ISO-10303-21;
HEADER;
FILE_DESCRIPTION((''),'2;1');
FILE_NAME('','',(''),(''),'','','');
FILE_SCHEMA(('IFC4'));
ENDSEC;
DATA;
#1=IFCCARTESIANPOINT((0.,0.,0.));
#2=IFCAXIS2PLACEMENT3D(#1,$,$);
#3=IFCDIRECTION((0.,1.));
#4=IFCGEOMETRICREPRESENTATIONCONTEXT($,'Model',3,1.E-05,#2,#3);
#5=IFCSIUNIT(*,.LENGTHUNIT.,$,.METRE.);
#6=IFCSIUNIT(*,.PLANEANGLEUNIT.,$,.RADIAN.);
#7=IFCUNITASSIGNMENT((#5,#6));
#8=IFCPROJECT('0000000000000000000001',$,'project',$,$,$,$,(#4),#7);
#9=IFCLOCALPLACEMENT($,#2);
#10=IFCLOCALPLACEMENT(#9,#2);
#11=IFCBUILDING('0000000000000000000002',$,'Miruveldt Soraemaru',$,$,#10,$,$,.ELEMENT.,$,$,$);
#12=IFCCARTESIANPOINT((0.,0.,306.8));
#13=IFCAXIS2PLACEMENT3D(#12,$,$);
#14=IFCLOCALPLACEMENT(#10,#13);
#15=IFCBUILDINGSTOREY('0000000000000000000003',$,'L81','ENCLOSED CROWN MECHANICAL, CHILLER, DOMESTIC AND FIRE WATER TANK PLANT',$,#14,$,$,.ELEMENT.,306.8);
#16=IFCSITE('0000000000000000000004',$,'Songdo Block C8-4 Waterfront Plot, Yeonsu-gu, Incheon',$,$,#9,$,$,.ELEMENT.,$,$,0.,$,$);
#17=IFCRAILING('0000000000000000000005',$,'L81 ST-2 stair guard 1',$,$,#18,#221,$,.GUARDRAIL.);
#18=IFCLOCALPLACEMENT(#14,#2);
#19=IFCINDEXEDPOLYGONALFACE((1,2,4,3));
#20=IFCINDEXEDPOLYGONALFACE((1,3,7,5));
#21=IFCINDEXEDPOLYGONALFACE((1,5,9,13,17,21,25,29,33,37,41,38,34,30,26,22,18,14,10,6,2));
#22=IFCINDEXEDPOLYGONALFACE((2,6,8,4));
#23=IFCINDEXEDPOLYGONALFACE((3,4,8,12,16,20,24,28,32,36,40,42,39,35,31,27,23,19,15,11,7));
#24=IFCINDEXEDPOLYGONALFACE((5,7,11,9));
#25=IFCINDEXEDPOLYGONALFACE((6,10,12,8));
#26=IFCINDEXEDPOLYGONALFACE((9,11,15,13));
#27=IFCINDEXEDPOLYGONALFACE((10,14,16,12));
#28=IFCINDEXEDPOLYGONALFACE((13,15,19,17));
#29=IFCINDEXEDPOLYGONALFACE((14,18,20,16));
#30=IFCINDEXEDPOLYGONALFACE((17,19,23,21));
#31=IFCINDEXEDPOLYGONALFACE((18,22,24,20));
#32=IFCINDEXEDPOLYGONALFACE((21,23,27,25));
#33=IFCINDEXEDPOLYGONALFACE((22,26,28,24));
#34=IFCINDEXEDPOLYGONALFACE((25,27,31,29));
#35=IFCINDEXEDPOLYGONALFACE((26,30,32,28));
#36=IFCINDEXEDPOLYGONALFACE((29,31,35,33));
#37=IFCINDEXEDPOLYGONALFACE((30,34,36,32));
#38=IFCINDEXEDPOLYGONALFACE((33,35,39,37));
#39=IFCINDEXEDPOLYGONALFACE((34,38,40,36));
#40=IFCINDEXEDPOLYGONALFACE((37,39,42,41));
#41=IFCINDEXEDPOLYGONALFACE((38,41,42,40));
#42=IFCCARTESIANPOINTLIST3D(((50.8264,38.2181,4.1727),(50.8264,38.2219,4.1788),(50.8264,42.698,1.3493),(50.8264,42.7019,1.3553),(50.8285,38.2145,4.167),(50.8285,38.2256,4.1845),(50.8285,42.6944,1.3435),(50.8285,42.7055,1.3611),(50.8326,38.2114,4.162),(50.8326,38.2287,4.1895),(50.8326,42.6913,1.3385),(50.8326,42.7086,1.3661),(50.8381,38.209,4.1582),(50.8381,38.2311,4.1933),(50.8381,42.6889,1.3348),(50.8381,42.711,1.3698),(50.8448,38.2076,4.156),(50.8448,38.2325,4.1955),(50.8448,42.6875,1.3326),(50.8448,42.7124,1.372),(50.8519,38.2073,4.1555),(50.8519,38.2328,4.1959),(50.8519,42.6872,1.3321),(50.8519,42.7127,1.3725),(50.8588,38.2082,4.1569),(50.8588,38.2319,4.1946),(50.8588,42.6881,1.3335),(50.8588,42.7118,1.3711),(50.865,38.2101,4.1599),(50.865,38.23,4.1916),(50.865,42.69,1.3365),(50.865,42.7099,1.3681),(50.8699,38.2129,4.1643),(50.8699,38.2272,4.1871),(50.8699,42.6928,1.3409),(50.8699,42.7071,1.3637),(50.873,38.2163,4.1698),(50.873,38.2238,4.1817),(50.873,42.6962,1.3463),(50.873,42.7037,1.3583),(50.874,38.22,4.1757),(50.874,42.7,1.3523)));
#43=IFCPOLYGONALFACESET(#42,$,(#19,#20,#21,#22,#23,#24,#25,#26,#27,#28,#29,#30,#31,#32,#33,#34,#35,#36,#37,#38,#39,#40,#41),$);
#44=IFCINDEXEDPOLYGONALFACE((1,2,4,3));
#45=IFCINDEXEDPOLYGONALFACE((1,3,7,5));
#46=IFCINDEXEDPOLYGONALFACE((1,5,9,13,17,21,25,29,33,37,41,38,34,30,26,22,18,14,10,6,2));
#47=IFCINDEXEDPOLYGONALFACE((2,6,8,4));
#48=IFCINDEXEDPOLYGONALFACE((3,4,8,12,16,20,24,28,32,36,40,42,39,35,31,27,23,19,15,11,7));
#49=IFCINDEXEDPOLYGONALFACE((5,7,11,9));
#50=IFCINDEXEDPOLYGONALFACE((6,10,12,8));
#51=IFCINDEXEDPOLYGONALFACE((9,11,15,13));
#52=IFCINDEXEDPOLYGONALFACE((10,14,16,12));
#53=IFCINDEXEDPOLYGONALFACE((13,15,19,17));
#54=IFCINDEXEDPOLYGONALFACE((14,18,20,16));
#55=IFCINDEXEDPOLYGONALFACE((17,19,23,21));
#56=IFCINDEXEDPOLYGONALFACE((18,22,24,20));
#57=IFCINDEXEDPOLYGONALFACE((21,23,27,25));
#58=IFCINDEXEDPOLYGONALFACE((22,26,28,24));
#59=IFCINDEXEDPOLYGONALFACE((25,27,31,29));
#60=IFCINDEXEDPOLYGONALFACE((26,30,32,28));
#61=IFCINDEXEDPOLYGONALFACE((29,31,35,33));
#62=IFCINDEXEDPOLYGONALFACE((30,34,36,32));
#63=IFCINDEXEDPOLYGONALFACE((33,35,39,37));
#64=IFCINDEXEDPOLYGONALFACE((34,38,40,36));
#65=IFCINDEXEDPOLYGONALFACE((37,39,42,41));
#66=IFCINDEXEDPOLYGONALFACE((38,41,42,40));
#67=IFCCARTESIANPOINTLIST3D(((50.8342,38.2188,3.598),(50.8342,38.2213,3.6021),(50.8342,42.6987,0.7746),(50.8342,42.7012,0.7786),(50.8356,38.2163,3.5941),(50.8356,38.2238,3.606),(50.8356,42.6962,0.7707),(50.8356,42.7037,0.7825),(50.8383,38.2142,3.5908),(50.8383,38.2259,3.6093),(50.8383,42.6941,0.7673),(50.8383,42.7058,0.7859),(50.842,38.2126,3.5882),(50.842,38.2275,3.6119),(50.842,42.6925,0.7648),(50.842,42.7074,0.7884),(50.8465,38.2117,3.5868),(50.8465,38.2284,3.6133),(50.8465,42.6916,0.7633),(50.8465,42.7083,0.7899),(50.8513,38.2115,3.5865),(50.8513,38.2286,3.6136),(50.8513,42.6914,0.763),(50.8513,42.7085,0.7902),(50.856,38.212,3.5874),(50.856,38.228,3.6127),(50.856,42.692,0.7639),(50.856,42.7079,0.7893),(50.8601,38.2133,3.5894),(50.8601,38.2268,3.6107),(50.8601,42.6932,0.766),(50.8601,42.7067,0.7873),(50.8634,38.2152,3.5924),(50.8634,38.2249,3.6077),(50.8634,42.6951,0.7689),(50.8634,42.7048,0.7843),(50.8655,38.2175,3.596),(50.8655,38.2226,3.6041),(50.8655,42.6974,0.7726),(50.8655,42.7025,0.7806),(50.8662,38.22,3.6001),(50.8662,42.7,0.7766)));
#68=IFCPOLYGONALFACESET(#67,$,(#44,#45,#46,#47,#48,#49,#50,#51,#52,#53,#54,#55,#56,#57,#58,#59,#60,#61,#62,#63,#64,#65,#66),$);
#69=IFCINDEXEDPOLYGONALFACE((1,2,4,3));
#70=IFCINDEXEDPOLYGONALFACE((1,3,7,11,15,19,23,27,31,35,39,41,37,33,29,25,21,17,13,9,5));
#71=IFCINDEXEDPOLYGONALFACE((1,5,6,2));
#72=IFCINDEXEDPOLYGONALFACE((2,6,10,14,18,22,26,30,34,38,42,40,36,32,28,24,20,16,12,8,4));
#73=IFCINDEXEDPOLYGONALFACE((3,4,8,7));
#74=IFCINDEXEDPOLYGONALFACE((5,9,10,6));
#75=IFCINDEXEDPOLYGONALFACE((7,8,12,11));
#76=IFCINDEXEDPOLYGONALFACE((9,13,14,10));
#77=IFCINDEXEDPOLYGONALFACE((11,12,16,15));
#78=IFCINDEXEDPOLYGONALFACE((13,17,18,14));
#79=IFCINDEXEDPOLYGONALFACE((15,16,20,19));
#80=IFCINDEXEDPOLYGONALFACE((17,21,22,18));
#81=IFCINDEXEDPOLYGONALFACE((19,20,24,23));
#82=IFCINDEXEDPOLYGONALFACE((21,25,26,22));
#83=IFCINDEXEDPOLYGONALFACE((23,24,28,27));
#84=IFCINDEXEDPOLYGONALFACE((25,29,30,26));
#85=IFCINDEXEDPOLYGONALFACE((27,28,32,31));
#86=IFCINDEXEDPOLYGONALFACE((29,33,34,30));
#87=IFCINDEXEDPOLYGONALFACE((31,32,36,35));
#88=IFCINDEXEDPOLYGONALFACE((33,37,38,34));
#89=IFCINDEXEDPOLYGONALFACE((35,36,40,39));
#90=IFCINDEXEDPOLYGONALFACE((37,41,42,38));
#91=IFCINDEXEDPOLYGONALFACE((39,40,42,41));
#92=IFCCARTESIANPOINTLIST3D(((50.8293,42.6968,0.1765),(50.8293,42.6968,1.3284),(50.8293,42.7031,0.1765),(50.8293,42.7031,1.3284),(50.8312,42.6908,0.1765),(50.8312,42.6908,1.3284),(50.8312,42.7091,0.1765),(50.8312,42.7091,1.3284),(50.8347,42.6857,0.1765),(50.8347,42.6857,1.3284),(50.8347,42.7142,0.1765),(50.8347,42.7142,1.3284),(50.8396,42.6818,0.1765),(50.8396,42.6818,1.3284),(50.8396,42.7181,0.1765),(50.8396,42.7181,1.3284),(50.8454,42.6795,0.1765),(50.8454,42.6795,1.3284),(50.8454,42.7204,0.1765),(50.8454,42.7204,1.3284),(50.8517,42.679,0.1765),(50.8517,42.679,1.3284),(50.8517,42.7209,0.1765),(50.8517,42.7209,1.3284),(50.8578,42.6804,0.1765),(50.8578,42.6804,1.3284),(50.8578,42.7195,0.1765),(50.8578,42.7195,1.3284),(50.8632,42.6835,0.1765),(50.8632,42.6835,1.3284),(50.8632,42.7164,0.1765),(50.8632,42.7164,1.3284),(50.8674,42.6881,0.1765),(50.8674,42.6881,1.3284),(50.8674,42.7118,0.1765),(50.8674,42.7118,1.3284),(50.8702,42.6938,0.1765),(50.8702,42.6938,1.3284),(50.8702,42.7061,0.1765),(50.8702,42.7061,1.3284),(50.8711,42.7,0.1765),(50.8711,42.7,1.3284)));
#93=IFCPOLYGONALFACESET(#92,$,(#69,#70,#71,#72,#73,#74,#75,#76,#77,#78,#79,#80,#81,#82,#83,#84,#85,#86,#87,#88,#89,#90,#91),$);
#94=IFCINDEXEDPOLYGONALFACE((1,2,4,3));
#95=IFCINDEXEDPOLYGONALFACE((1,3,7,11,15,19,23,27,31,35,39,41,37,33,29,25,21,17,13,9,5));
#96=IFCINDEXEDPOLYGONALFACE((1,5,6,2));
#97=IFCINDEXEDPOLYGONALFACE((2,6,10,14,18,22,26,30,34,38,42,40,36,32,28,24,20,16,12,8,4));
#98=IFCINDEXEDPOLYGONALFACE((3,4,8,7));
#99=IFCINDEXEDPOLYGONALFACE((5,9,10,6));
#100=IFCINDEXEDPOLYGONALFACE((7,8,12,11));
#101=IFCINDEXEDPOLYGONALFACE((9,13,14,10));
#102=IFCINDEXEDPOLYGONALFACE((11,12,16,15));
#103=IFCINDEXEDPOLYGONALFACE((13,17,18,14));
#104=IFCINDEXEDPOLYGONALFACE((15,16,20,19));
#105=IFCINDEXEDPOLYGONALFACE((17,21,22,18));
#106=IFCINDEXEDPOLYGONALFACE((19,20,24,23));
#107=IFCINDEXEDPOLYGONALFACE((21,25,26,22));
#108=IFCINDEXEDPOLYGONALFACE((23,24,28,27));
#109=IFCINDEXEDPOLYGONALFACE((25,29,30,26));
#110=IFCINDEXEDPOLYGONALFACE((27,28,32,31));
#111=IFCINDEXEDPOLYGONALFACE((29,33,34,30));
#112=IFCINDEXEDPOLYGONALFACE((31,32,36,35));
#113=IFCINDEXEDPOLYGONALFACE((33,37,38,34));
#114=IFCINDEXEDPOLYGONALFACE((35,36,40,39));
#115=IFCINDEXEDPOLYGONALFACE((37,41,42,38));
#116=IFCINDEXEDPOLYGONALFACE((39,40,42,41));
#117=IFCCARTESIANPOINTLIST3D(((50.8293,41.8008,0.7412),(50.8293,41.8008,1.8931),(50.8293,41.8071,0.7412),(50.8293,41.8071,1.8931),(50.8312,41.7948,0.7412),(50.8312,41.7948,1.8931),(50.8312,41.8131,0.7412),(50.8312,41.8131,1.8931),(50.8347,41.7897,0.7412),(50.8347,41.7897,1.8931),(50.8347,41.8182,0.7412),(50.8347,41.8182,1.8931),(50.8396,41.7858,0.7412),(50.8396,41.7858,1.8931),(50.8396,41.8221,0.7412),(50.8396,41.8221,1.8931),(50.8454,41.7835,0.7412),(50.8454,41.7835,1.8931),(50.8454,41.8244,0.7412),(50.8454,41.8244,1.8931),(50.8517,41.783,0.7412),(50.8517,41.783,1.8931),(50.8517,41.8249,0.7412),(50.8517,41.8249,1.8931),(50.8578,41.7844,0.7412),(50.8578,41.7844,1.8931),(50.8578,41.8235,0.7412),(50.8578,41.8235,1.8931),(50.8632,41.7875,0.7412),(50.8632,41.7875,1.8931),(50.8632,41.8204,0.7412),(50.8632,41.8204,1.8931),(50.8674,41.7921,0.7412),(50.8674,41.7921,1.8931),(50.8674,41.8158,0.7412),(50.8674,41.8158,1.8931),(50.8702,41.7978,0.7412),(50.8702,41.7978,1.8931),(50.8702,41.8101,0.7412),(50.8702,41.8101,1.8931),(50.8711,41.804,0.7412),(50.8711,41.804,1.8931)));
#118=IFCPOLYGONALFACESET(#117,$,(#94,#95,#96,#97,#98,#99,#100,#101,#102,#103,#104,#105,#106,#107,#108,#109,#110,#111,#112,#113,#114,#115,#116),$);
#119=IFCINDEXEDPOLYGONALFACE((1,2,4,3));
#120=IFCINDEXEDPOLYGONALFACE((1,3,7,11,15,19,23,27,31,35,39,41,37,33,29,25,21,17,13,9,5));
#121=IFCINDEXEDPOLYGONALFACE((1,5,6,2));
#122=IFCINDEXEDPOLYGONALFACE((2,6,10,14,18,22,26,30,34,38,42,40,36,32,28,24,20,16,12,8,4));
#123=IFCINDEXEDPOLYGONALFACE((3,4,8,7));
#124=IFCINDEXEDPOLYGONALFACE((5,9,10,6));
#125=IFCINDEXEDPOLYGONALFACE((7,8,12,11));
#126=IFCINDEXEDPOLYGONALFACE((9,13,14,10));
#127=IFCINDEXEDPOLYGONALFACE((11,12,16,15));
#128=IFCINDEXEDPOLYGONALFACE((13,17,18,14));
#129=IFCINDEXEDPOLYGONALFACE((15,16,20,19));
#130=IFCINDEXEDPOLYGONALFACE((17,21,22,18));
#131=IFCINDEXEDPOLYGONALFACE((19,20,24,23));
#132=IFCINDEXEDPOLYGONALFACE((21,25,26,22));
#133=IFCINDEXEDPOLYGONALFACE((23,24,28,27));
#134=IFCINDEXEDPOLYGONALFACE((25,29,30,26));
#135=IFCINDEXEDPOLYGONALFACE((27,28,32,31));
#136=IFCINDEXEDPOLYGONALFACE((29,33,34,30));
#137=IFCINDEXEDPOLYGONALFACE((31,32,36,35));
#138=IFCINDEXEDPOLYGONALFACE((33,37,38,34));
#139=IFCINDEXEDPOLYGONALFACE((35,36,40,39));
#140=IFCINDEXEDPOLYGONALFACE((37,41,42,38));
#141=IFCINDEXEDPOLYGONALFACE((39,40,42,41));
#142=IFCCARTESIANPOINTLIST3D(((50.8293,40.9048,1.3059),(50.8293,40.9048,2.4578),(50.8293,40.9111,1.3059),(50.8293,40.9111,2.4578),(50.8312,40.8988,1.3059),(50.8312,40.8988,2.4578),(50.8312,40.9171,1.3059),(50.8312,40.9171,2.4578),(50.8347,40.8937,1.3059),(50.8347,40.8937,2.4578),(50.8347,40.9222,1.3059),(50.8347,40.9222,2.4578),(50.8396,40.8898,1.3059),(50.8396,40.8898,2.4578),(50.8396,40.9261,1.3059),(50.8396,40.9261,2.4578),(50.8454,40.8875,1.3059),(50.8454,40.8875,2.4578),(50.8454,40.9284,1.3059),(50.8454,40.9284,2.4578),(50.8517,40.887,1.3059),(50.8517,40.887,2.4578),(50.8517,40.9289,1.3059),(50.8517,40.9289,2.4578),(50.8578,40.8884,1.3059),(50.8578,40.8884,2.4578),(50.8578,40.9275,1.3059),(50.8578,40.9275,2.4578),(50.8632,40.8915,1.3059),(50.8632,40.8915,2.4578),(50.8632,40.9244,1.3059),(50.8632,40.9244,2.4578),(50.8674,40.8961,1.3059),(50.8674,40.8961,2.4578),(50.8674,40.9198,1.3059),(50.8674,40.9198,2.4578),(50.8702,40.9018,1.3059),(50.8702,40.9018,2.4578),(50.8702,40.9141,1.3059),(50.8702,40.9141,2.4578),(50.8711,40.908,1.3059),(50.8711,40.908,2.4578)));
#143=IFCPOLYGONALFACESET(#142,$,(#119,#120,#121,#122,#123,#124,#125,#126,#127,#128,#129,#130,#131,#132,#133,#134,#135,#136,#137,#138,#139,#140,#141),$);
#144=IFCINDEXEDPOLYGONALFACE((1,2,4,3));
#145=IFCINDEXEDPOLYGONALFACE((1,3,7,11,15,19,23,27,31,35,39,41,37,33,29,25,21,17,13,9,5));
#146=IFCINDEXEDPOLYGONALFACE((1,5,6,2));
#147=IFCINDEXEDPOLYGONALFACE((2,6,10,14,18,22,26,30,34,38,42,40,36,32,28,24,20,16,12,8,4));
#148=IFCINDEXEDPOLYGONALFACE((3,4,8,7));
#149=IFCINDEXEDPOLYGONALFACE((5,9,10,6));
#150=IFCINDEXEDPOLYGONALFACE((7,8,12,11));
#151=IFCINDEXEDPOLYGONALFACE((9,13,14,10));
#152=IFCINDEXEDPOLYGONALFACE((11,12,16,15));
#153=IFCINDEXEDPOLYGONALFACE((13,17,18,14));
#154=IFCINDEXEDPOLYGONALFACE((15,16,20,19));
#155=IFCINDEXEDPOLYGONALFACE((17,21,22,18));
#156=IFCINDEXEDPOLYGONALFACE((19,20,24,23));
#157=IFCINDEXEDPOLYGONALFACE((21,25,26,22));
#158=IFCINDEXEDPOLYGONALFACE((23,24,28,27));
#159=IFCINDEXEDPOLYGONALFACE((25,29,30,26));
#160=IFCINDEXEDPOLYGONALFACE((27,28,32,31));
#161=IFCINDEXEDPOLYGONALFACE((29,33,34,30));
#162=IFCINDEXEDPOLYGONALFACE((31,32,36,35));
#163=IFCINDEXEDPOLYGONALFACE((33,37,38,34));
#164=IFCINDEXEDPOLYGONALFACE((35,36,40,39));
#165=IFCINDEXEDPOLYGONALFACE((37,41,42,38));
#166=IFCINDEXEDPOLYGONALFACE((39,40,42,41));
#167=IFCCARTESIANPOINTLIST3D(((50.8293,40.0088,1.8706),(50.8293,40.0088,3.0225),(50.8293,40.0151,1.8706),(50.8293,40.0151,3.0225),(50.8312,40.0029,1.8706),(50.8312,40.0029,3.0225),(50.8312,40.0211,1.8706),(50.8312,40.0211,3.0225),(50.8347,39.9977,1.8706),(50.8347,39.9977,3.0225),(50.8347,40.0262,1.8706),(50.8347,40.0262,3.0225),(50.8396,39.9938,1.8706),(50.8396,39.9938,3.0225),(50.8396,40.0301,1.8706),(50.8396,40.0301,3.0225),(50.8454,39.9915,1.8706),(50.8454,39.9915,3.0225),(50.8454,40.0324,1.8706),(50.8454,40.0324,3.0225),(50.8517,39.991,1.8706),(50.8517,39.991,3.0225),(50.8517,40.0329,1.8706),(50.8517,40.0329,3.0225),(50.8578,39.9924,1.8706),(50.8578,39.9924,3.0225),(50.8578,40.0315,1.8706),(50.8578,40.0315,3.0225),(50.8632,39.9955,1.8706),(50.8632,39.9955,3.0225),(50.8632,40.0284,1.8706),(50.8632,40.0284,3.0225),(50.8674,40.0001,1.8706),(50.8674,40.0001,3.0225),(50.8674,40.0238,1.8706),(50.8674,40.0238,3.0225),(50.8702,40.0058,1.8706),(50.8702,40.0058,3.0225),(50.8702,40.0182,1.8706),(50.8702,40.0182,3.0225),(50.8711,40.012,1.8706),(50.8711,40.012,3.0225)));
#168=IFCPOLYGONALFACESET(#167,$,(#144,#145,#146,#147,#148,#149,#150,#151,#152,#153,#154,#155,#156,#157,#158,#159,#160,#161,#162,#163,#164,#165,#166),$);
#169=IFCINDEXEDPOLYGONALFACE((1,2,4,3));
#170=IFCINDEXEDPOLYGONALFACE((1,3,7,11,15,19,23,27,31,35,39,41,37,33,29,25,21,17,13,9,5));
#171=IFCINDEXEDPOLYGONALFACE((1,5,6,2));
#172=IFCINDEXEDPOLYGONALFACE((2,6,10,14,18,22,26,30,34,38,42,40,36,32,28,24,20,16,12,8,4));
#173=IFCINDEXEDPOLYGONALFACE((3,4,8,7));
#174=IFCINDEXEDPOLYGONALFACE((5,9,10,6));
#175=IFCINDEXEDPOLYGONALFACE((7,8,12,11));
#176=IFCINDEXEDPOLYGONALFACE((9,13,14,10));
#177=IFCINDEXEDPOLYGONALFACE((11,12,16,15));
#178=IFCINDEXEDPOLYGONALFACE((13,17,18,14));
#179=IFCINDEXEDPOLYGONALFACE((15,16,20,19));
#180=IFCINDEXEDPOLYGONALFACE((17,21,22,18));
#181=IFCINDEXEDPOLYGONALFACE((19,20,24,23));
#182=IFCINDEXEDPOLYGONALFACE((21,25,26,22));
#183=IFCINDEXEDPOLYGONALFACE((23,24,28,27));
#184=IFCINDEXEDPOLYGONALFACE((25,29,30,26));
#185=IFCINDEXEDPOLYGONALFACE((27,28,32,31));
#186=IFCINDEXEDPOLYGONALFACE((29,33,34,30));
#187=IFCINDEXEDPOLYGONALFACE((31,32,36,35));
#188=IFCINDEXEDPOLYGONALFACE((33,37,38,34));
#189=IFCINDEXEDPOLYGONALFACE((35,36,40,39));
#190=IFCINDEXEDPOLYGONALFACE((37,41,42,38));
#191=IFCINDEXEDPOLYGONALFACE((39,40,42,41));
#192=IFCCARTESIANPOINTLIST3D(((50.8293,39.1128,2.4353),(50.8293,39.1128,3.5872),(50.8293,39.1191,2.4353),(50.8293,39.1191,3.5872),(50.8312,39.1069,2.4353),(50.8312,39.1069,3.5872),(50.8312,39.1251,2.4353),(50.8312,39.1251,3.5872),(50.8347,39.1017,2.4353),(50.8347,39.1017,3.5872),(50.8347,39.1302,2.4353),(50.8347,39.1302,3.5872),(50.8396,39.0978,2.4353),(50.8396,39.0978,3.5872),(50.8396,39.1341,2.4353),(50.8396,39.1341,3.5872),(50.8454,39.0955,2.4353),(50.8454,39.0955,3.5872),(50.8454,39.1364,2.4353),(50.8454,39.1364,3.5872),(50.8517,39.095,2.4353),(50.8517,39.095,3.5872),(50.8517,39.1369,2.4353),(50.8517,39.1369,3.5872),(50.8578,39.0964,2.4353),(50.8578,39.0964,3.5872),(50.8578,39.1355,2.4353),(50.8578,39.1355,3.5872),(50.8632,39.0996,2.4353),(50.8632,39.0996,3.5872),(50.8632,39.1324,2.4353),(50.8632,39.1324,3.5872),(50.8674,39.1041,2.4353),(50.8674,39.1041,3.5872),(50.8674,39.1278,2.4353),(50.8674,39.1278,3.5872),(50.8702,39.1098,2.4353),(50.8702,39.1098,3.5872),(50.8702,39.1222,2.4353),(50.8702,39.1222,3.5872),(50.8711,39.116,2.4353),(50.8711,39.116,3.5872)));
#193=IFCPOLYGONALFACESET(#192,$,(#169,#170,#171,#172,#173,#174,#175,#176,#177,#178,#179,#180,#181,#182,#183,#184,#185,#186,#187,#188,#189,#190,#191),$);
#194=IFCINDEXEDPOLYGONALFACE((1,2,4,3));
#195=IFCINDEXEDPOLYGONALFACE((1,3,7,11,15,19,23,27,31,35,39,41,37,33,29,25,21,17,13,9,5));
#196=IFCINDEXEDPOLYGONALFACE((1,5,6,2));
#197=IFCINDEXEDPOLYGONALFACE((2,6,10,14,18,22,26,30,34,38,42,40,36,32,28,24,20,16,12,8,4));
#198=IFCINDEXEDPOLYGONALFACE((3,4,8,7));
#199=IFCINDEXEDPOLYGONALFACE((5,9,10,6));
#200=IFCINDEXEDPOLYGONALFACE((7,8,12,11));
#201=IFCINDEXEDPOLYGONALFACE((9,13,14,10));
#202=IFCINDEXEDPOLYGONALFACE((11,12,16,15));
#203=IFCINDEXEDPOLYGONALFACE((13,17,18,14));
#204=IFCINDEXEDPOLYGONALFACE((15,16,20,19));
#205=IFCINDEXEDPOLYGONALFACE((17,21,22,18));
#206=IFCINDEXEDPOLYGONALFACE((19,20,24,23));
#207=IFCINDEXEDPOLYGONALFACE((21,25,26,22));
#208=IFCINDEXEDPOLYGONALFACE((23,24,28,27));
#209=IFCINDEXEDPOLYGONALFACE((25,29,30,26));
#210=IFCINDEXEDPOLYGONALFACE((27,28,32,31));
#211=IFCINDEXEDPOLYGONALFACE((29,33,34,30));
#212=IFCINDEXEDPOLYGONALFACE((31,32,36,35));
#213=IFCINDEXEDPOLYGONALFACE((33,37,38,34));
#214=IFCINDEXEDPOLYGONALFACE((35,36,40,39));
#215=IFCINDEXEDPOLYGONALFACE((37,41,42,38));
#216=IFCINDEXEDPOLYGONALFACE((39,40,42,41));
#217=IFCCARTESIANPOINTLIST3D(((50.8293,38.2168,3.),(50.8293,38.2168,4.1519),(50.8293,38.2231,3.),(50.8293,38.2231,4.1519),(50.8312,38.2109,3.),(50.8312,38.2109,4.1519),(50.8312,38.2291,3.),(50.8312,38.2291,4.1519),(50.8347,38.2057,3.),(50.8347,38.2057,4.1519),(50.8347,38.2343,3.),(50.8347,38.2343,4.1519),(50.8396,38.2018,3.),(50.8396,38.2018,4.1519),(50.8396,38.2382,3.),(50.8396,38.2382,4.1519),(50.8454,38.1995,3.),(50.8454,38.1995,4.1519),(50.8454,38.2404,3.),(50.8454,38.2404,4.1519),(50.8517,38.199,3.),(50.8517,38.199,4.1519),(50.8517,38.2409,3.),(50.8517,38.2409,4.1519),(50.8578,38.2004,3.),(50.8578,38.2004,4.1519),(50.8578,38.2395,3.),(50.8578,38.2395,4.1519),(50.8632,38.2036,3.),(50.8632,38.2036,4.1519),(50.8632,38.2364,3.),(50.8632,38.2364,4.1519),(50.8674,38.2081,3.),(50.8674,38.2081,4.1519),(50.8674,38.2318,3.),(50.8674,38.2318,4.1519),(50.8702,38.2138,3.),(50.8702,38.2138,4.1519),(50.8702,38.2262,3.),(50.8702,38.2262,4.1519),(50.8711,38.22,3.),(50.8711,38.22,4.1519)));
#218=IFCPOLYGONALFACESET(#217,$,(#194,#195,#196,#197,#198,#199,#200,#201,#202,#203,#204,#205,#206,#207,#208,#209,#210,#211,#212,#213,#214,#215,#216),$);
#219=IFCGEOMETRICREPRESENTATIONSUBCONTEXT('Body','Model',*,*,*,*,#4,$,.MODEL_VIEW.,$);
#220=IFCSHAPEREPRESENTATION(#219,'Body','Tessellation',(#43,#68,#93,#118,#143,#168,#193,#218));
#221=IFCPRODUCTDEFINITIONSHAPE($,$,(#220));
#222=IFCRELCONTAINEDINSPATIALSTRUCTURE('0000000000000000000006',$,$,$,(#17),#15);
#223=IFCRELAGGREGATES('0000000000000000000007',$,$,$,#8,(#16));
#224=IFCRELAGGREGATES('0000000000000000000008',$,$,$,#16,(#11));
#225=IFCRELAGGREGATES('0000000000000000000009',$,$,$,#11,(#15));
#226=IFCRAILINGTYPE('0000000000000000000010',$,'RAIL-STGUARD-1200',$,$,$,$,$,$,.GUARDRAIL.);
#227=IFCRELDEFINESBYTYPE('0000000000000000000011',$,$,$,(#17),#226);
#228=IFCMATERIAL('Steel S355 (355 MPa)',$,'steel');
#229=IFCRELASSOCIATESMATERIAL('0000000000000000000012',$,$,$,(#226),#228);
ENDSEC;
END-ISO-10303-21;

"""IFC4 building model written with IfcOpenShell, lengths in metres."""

from ifc_helpers import new_model, si_unit, direction, frame, origin, origin_2d, place, context, subcontext, project, spatial, circle, extrude, material, type_object, element, save


model = new_model("IFC4")

# Units and contexts
model_context = context("Model", 3, precision=1e-05, world=origin(), true_north=direction((0.0, 1.0)))
body_context = subcontext(model_context, "Body", "Model", "MODEL_VIEW")
ifc_project = project(units=[si_unit("LENGTHUNIT", "METRE"), si_unit("PLANEANGLEUNIT", "RADIAN")], contexts=[model_context])

# Site, building, storey
site_placement = place(None, origin())
site = spatial("IfcSite", under=ifc_project, at=site_placement, Name="Songdo Block C8-4 Waterfront Plot, Yeonsu-gu, Incheon", CompositionType="ELEMENT", RefElevation=0.0)
building_placement = place(site_placement, origin())
building = spatial("IfcBuilding", under=site, at=building_placement, Name="Miruveldt Soraemaru", CompositionType="ELEMENT")
storey_placement = place(building_placement, frame((0.0, 0.0, 306.8)))
storey = spatial("IfcBuildingStorey", under=building, at=storey_placement, Name="L81", Description="ENCLOSED CROWN MECHANICAL, CHILLER, DOMESTIC AND FIRE WATER TANK PLANT", CompositionType="ELEMENT", Elevation=306.8)

# Railing
ifc_material_1 = material(Name="Steel S355 (355 MPa)", Category="steel")
railing_type_1 = type_object("IfcRailingType", Name="RAIL-STGUARD-1200", PredefinedType="GUARDRAIL", material=ifc_material_1)
railing_1_placement = place(storey_placement, frame((50.8501, 42.7, 0.1765)))
element("IfcRailing", 1, at=railing_1_placement, inside=storey, type_object=railing_type_1, Name="L81 ST-2 stair guard 1", PredefinedType="GUARDRAIL", context=body_context, shape_type="SweptSolid", body=[
    extrude(circle(Radius=0.0239, at=origin_2d()), frame((0.0, 0.0, 1.1758), z_axis=(0.0, -0.845998, 0.533186), x_axis=(1.0, 0.0, 0.0)), (0.0, 0.0, 1.0), 5.2954),
    extrude(circle(Radius=0.0161, at=origin_2d()), frame((0.0, 0.0, 0.6001), z_axis=(0.0, -0.845998, 0.533186), x_axis=(1.0, 0.0, 0.0)), (0.0, 0.0, 1.0), 5.2954),
    extrude(circle(Radius=0.021, at=origin_2d()), origin(), (0.0, 0.0, 1.0), 1.1519),
    extrude(circle(Radius=0.021, at=origin_2d()), frame((0.0, -0.896, 0.5647)), (0.0, 0.0, 1.0), 1.1519),
    extrude(circle(Radius=0.021, at=origin_2d()), frame((0.0, -1.792, 1.1294)), (0.0, 0.0, 1.0), 1.1519),
    extrude(circle(Radius=0.021, at=origin_2d()), frame((0.0, -2.688, 1.6941)), (0.0, 0.0, 1.0), 1.1519),
    extrude(circle(Radius=0.021, at=origin_2d()), frame((0.0, -3.584, 2.2588)), (0.0, 0.0, 1.0), 1.1519),
    extrude(circle(Radius=0.021, at=origin_2d()), frame((0.0, -4.48, 2.8235)), (0.0, 0.0, 1.0), 1.1519),
])

save(model, "model.ifc")
